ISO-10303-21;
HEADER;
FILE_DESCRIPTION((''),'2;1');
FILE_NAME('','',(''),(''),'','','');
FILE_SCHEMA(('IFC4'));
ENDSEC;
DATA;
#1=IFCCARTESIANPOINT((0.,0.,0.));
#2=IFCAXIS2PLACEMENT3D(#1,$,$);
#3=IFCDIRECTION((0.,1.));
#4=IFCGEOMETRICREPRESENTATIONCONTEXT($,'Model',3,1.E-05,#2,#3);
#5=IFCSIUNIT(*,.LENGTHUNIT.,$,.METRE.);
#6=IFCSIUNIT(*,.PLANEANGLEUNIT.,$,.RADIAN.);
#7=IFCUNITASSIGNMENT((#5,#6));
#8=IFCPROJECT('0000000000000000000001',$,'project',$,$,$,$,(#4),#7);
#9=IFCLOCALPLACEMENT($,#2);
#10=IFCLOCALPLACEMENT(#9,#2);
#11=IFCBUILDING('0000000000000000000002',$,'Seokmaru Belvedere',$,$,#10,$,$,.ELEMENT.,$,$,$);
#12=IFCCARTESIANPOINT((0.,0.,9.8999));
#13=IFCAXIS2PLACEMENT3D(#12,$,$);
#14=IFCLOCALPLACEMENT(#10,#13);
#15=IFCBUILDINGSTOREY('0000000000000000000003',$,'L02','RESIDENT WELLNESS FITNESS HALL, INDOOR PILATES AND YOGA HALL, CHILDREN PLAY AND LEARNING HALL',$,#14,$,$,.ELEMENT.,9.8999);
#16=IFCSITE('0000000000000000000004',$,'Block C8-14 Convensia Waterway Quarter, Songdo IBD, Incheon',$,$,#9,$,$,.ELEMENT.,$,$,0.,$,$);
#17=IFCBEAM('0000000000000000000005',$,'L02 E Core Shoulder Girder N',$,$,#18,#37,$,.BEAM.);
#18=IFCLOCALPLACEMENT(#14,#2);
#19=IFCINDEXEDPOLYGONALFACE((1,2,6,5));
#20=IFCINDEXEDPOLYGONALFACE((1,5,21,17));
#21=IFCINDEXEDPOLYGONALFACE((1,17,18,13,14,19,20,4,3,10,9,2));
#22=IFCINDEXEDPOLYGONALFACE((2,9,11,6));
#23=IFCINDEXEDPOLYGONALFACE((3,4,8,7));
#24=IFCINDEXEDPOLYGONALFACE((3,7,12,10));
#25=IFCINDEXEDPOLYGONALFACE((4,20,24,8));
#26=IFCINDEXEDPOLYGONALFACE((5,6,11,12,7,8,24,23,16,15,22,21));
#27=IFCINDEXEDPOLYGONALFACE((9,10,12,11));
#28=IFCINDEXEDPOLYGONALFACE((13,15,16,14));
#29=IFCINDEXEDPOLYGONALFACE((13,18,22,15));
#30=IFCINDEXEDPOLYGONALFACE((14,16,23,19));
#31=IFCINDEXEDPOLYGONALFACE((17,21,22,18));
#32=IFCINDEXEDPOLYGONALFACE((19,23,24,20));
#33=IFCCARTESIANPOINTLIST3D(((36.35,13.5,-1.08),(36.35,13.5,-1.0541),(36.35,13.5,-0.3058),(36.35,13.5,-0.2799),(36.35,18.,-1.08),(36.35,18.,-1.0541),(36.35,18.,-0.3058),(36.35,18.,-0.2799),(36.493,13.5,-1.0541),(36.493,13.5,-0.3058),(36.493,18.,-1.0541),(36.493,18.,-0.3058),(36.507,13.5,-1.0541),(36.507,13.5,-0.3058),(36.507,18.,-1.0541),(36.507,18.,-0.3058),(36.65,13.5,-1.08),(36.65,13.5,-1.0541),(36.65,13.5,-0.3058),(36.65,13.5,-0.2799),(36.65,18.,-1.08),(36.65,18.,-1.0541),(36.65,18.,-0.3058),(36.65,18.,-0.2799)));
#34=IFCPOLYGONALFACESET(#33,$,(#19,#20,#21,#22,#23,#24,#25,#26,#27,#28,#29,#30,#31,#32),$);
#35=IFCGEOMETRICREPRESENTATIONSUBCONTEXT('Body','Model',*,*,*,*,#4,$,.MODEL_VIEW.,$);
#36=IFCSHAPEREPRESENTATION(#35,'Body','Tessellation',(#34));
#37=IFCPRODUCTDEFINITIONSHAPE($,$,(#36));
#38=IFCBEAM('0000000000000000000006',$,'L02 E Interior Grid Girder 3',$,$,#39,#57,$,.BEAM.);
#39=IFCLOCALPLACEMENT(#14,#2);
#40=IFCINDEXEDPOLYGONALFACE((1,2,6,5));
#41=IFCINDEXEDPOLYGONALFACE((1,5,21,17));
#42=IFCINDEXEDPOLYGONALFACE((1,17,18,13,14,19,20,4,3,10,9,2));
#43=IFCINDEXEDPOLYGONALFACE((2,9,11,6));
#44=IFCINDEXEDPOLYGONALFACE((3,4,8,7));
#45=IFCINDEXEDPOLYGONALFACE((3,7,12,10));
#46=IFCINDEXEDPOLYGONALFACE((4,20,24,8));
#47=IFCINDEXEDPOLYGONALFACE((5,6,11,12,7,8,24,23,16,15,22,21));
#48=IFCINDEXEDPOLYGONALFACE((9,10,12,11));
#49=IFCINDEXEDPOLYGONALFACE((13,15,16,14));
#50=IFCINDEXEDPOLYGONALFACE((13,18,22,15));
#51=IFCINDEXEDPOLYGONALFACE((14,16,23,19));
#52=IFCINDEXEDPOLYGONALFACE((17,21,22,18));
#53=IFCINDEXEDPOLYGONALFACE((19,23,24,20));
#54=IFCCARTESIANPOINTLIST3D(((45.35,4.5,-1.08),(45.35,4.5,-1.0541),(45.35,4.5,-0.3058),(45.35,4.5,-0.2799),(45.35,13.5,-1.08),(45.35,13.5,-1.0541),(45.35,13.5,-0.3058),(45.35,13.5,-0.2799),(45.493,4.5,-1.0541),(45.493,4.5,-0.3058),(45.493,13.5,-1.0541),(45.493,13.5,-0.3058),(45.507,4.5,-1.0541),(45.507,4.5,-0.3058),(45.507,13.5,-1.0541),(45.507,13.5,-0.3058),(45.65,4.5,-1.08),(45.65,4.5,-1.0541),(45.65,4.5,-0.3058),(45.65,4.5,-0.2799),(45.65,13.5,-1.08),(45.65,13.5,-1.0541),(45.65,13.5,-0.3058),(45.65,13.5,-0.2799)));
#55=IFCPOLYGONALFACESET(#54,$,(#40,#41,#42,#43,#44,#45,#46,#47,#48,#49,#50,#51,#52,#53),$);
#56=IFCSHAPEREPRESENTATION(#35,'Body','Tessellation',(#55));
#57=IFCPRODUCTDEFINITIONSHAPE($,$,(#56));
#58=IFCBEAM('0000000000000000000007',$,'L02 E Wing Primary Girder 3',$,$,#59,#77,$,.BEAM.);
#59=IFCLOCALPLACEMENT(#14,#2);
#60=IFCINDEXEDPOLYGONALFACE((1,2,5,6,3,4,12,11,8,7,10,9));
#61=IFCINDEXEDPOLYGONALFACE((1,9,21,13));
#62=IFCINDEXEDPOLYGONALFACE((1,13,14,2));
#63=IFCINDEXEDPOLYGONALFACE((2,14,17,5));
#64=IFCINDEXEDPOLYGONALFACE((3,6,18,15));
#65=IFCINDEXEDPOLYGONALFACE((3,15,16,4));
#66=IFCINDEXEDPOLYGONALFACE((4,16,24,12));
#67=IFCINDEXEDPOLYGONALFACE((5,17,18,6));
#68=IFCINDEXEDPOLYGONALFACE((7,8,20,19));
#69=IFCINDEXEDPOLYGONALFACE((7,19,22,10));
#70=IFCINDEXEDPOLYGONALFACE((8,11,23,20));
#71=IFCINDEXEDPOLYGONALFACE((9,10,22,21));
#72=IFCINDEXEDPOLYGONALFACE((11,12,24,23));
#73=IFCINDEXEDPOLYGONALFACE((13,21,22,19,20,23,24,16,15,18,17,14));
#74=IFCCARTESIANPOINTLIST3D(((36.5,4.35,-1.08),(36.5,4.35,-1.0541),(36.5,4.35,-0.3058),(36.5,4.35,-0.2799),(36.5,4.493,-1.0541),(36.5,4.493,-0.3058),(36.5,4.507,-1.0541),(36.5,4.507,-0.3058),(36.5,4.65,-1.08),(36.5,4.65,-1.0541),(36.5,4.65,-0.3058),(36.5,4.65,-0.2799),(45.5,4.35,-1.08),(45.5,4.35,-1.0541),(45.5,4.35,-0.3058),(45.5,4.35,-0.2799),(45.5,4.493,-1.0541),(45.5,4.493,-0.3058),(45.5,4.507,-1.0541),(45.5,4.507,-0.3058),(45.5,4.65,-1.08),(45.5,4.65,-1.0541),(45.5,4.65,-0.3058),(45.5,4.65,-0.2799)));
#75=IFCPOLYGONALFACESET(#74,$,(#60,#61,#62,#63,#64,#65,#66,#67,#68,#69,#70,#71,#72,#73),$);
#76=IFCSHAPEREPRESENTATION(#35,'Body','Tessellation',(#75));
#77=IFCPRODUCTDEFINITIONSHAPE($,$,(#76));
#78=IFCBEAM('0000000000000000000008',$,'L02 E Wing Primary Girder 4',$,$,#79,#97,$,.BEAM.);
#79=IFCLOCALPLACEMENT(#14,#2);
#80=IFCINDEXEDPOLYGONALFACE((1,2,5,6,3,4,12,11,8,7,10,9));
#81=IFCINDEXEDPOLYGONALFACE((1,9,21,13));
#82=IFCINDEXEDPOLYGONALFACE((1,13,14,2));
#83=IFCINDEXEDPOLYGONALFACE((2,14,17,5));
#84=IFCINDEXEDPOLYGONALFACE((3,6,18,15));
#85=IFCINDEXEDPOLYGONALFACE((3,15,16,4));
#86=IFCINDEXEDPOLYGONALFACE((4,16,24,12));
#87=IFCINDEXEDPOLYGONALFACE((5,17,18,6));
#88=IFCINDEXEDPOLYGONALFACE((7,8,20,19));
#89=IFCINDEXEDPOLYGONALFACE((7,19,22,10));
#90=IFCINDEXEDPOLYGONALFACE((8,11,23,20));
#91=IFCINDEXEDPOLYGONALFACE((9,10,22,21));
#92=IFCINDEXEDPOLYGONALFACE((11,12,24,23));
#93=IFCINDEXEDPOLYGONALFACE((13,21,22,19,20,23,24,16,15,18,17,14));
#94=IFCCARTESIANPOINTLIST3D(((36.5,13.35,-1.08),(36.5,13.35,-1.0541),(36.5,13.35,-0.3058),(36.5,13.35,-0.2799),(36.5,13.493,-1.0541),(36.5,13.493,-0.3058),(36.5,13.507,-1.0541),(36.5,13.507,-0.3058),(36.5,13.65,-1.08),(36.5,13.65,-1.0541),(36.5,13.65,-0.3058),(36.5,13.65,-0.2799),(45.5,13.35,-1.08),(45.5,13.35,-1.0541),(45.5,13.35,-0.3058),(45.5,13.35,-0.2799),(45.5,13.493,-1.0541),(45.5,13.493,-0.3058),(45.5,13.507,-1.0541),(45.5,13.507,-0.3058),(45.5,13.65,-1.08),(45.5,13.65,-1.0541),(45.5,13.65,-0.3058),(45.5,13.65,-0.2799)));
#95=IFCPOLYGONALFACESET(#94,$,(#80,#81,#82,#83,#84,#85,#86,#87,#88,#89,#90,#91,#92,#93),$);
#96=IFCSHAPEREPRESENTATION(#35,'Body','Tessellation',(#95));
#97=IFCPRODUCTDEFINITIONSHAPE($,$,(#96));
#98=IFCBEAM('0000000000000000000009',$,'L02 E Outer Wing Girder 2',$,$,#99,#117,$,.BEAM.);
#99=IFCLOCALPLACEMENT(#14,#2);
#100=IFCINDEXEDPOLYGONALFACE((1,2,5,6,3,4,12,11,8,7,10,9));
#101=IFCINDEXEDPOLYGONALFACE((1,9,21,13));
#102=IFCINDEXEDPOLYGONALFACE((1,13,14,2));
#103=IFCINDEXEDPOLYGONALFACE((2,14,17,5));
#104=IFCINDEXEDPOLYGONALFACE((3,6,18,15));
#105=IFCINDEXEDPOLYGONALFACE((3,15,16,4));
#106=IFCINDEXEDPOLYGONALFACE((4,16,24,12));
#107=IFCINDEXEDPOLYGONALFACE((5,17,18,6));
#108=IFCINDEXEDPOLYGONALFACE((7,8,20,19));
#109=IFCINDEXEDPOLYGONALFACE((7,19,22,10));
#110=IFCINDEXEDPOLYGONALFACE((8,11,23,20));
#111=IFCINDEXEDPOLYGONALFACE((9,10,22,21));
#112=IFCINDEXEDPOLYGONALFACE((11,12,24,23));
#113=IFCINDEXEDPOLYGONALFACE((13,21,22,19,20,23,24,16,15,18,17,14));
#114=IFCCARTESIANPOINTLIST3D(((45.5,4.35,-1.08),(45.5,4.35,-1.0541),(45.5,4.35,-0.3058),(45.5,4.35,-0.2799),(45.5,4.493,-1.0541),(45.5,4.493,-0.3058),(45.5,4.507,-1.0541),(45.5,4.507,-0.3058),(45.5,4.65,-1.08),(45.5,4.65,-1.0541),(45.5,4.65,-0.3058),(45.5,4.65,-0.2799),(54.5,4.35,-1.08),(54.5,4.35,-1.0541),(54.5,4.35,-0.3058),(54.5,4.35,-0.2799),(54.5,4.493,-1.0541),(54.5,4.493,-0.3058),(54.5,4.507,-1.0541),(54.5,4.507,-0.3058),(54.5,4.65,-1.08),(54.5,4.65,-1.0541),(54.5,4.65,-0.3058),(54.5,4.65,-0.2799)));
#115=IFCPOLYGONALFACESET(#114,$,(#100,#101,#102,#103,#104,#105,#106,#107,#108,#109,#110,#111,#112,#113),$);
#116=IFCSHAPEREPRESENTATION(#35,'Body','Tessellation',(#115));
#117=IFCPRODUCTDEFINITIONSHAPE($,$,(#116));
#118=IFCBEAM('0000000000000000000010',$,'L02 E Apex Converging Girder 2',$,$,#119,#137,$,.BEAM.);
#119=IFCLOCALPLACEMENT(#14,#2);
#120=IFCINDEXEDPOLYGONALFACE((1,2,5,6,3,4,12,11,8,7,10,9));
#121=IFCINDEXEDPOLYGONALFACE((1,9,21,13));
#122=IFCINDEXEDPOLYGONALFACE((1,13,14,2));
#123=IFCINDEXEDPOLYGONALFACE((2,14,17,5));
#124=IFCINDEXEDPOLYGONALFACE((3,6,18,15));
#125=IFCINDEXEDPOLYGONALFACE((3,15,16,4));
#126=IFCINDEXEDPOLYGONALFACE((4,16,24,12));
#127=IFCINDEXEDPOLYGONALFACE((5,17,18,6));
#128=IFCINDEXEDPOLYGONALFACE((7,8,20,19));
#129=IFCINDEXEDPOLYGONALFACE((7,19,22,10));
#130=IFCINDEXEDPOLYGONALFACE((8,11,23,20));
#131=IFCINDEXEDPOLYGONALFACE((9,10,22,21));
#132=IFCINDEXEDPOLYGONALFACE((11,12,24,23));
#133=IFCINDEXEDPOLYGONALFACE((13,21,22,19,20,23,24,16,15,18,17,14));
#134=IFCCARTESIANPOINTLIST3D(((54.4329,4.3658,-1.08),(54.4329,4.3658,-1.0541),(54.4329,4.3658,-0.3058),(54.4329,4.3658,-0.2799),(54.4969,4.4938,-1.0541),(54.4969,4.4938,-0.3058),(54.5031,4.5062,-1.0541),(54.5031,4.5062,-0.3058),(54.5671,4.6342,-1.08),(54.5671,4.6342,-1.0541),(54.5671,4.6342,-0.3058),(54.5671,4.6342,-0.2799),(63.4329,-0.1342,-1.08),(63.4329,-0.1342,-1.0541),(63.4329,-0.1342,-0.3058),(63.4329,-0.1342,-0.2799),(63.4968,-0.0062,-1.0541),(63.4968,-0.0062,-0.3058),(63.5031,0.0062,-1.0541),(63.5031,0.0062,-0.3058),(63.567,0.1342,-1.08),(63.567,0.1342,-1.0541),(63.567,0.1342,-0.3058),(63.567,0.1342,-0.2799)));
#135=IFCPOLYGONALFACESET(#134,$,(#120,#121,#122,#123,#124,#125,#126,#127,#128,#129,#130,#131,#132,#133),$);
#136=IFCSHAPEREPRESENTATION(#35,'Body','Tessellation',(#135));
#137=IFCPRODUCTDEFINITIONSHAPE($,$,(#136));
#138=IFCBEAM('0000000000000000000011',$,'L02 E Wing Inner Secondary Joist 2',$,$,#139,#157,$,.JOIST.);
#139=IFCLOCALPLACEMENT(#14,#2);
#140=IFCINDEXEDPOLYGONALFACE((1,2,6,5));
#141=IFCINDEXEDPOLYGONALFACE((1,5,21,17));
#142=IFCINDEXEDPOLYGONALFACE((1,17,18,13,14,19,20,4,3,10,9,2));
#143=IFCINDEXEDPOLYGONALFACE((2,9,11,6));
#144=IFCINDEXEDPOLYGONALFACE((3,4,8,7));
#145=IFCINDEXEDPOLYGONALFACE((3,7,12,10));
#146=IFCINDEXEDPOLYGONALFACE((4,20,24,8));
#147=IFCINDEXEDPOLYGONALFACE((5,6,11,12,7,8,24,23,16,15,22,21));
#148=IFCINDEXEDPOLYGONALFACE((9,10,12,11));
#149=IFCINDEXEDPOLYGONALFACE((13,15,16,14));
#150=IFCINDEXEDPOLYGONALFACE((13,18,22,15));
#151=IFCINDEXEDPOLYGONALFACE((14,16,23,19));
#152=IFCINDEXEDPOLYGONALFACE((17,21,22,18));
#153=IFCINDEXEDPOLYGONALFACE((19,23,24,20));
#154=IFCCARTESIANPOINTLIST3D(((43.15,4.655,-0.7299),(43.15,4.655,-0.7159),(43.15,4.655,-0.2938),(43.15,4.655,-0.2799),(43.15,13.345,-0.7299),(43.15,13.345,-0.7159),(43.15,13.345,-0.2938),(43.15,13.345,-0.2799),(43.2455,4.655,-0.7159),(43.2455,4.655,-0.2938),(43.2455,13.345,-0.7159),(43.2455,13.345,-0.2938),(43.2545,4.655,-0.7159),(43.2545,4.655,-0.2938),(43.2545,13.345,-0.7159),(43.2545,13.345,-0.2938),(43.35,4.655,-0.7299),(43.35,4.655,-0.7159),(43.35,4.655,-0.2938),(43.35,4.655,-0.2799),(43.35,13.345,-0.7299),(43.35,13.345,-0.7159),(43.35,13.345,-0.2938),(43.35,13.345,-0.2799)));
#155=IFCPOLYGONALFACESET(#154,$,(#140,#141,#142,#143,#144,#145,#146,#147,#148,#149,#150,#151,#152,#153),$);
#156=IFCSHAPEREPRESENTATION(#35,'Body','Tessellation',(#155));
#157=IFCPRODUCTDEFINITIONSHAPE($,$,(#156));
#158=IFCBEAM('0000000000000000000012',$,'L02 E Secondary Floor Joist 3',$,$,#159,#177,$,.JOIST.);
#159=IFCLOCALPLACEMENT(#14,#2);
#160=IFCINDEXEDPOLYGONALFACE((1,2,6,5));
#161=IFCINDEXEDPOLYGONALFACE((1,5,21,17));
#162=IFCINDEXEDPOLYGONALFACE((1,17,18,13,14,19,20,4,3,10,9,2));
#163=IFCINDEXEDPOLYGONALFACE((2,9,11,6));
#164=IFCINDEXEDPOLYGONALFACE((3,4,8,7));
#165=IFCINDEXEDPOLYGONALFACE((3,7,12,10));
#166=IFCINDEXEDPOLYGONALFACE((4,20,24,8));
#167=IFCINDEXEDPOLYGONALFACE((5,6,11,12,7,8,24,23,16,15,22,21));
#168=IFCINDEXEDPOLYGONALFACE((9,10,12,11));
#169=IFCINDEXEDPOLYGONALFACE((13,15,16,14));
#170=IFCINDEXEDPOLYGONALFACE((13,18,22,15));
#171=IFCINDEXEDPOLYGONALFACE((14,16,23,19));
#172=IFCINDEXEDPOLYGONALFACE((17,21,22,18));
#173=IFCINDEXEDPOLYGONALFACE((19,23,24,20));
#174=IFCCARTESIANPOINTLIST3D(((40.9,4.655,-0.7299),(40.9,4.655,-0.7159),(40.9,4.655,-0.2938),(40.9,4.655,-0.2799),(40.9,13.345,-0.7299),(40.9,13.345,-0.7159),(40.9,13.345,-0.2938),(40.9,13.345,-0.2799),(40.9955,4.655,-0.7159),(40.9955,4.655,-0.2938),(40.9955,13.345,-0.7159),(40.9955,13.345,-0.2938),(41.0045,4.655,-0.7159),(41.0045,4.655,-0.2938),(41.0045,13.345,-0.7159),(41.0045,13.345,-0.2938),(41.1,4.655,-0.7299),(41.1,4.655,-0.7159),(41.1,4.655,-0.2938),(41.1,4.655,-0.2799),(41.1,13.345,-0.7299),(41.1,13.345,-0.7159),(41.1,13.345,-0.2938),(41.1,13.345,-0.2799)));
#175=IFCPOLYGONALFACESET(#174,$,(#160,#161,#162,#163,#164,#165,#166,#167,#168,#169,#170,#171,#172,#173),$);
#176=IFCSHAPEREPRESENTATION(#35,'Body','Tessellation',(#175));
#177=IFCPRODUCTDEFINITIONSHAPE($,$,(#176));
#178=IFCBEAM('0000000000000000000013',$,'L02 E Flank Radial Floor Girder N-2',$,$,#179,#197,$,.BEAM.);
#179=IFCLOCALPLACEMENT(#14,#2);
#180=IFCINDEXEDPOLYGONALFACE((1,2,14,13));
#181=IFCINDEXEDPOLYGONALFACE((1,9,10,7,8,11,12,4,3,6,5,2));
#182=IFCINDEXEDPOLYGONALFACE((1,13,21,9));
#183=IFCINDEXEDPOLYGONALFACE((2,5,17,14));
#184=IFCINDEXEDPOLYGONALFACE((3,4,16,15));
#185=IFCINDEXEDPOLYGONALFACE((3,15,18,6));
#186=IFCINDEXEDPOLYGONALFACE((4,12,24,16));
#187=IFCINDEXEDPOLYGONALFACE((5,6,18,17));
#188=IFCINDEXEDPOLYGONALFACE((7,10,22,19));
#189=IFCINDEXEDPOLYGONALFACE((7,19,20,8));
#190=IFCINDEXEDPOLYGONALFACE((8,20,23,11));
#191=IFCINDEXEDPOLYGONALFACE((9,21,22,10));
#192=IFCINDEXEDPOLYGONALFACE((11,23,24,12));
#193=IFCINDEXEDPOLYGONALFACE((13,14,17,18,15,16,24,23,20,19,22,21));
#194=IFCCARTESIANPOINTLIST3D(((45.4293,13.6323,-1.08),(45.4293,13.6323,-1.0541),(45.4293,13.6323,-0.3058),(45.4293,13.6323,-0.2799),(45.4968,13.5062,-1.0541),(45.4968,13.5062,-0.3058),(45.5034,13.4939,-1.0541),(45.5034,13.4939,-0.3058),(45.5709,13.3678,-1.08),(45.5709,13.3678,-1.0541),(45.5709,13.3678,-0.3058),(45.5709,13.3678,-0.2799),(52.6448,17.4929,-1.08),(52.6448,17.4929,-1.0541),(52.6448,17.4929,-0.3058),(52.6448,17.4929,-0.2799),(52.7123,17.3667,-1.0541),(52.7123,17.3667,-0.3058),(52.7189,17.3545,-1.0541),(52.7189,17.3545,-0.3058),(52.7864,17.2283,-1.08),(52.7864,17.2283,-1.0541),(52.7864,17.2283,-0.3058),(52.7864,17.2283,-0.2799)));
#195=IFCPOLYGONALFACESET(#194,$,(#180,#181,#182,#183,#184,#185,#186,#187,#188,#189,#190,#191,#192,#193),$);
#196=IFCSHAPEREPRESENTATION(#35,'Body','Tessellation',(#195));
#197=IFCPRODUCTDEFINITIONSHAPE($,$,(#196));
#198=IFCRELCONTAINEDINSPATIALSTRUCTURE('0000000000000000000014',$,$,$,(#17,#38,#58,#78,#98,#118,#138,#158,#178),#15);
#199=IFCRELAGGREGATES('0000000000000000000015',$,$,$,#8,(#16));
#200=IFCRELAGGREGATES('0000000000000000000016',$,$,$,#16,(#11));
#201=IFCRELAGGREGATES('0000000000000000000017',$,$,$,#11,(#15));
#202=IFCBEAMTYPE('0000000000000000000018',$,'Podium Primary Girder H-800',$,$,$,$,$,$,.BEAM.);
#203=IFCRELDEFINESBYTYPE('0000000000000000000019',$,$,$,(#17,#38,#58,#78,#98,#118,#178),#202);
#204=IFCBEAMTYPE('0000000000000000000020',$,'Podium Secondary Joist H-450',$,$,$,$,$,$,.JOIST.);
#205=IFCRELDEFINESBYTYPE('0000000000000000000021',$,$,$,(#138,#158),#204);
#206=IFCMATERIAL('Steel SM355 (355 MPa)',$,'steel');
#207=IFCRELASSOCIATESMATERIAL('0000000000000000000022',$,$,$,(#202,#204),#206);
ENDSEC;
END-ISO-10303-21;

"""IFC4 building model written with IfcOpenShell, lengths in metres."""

from ifc_helpers import new_model, si_unit, direction, frame, origin, origin_2d, place, context, subcontext, project, spatial, i_section, extrude, source, transform, mapped, material, material_profile, profile_set, type_object, type_shapes, element, save


model = new_model("IFC4")

# Units and contexts
model_context = context("Model", 3, precision=1e-05, world=origin(), true_north=direction((0.0, 1.0)))
body_context = subcontext(model_context, "Body", "Model", "MODEL_VIEW")
ifc_project = project(units=[si_unit("LENGTHUNIT", "METRE"), si_unit("PLANEANGLEUNIT", "RADIAN")], contexts=[model_context])

# Site, building, storey
site_placement = place(None, origin())
site = spatial("IfcSite", under=ifc_project, at=site_placement, Name="Block C8-14 Convensia Waterway Quarter, Songdo IBD, Incheon", CompositionType="ELEMENT", RefElevation=0.0)
building_placement = place(site_placement, origin())
building = spatial("IfcBuilding", under=site, at=building_placement, Name="Seokmaru Belvedere", CompositionType="ELEMENT")
storey_placement = place(building_placement, frame((0.0, 0.0, 9.8999)))
storey = spatial("IfcBuildingStorey", under=building, at=storey_placement, Name="L02", Description="RESIDENT WELLNESS FITNESS HALL, INDOOR PILATES AND YOGA HALL, CHILDREN PLAY AND LEARNING HALL", CompositionType="ELEMENT", Elevation=9.8999)

# Shared definitions
ifc_material_1 = material(Name="Steel SM355 (355 MPa)", Category="steel")

# Beams
ifc_material_profile_1 = material_profile(ifc_material_1, i_section(OverallWidth=0.3, OverallDepth=0.8, WebThickness=0.0139, FlangeThickness=0.0259, at=origin_2d()), Name="H-800x300x14x26")
ifc_profile_set_1 = profile_set([ifc_material_profile_1], Name="Steel SM355 (355 MPa)")
beam_type_1 = type_object("IfcBeamType", Name="Podium Primary Girder H-800", PredefinedType="BEAM", material=ifc_profile_set_1)
shared_shape_1 = source(origin(), body_context, "Body", "SweptSolid", [
    extrude(i_section(OverallWidth=0.3, OverallDepth=0.8, WebThickness=0.0139, FlangeThickness=0.0259, at=origin_2d()), origin(), (0.0, 0.0, 1.0), 4.5),
])
beam_1_placement = place(storey_placement, frame((36.5, 13.5, -0.6799), z_axis=(0.0, 1.0, 0.0), x_axis=(-1.0, 0.0, 0.0)))
element("IfcBeam", 1, at=beam_1_placement, inside=storey, type_object=beam_type_1, Name="L02 E Core Shoulder Girder N", PredefinedType="BEAM", context=body_context, shape_type="MappedRepresentation", body=[
    mapped(shared_shape_1, transform((0.0, 0.0, 0.0), scale=1.0)),
])
shared_shape_2 = source(origin(), body_context, "Body", "SweptSolid", [
    extrude(i_section(OverallWidth=0.3, OverallDepth=0.8, WebThickness=0.0139, FlangeThickness=0.0259, at=origin_2d()), origin(), (0.0, 0.0, 1.0), 9.0),
])
for number, where, z_axis, x_axis, name in (
    (2, (45.5, 4.5, -0.6799), (0.0, 1.0, 0.0), (-1.0, 0.0, 0.0), "L02 E Interior Grid Girder 3"),
    (3, (36.5, 4.5, -0.6799), (1.0, 0.0, 0.0), (0.0, 1.0, 0.0), "L02 E Wing Primary Girder 3"),
    (4, (36.5, 13.5, -0.6799), (1.0, 0.0, 0.0), (0.0, 1.0, 0.0), "L02 E Wing Primary Girder 4"),
    (5, (45.5, 4.5, -0.6799), (1.0, 0.0, 0.0), (0.0, 1.0, 0.0), "L02 E Outer Wing Girder 2"),
):
    element("IfcBeam", number, at=place(storey_placement, frame(where, z_axis=z_axis, x_axis=x_axis)), inside=storey, type_object=beam_type_1, Name=name, PredefinedType="BEAM", context=body_context, shape_type="MappedRepresentation", body=[
        mapped(shared_shape_2, transform((0.0, 0.0, 0.0), scale=1.0)),
    ])
shared_shape_3 = source(origin(), body_context, "Body", "SweptSolid", [
    extrude(i_section(OverallWidth=0.3, OverallDepth=0.8, WebThickness=0.0139, FlangeThickness=0.0259, at=origin_2d()), origin(), (0.0, 0.0, 1.0), 10.0623),
])
beam_2_placement = place(storey_placement, frame((54.5, 4.5, -0.6799), z_axis=(0.894427, -0.447214, 0.0), x_axis=(0.447214, 0.894427, 0.0)))
element("IfcBeam", 6, at=beam_2_placement, inside=storey, type_object=beam_type_1, Name="L02 E Apex Converging Girder 2", PredefinedType="BEAM", context=body_context, shape_type="MappedRepresentation", body=[
    mapped(shared_shape_3, transform((0.0, 0.0, 0.0), scale=1.0)),
])
ifc_material_profile_2 = material_profile(ifc_material_1, i_section(OverallWidth=0.2, OverallDepth=0.45, WebThickness=0.009, FlangeThickness=0.0139, at=origin_2d()), Name="H-450x200x9x14")
ifc_profile_set_2 = profile_set([ifc_material_profile_2], Name="Steel SM355 (355 MPa)")
beam_type_2 = type_object("IfcBeamType", Name="Podium Secondary Joist H-450", PredefinedType="JOIST", material=ifc_profile_set_2)
shared_shape_4 = source(origin(), body_context, "Body", "SweptSolid", [
    extrude(i_section(OverallWidth=0.2, OverallDepth=0.45, WebThickness=0.009, FlangeThickness=0.0139, at=origin_2d()), origin(), (0.0, 0.0, 1.0), 8.6899),
])
type_shapes(beam_type_2, [shared_shape_4])
for number, where, z_axis, x_axis, name in (
    (7, (43.25, 4.655, -0.5049), (0.0, 1.0, 0.0), (-1.0, 0.0, 0.0), "L02 E Wing Inner Secondary Joist 2"),
    (8, (41.0, 4.655, -0.5049), (0.0, 1.0, 0.0), (-1.0, 0.0, 0.0), "L02 E Secondary Floor Joist 3"),
):
    element("IfcBeam", number, at=place(storey_placement, frame(where, z_axis=z_axis, x_axis=x_axis)), inside=storey, type_object=beam_type_2, Name=name, PredefinedType="JOIST", context=body_context, shape_type="MappedRepresentation", body=[
        mapped(shared_shape_4, transform((0.0, 0.0, 0.0), scale=1.0)),
    ])
shared_shape_5 = source(origin(), body_context, "Body", "SweptSolid", [
    extrude(i_section(OverallWidth=0.3, OverallDepth=0.8, WebThickness=0.0139, FlangeThickness=0.0259, at=origin_2d()), origin(), (0.0, 0.0, 1.0), 8.1833),
])
beam_3_placement = place(storey_placement, frame((52.7156, 17.3606, -0.6799), z_axis=(-0.881729, -0.471757, 0.0), x_axis=(0.471757, -0.881729, 0.0)))
element("IfcBeam", 9, at=beam_3_placement, inside=storey, type_object=beam_type_1, Name="L02 E Flank Radial Floor Girder N-2", PredefinedType="BEAM", context=body_context, shape_type="MappedRepresentation", body=[
    mapped(shared_shape_5, transform((0.0, 0.0, 0.0), scale=1.0)),
])

save(model, "model.ifc")
